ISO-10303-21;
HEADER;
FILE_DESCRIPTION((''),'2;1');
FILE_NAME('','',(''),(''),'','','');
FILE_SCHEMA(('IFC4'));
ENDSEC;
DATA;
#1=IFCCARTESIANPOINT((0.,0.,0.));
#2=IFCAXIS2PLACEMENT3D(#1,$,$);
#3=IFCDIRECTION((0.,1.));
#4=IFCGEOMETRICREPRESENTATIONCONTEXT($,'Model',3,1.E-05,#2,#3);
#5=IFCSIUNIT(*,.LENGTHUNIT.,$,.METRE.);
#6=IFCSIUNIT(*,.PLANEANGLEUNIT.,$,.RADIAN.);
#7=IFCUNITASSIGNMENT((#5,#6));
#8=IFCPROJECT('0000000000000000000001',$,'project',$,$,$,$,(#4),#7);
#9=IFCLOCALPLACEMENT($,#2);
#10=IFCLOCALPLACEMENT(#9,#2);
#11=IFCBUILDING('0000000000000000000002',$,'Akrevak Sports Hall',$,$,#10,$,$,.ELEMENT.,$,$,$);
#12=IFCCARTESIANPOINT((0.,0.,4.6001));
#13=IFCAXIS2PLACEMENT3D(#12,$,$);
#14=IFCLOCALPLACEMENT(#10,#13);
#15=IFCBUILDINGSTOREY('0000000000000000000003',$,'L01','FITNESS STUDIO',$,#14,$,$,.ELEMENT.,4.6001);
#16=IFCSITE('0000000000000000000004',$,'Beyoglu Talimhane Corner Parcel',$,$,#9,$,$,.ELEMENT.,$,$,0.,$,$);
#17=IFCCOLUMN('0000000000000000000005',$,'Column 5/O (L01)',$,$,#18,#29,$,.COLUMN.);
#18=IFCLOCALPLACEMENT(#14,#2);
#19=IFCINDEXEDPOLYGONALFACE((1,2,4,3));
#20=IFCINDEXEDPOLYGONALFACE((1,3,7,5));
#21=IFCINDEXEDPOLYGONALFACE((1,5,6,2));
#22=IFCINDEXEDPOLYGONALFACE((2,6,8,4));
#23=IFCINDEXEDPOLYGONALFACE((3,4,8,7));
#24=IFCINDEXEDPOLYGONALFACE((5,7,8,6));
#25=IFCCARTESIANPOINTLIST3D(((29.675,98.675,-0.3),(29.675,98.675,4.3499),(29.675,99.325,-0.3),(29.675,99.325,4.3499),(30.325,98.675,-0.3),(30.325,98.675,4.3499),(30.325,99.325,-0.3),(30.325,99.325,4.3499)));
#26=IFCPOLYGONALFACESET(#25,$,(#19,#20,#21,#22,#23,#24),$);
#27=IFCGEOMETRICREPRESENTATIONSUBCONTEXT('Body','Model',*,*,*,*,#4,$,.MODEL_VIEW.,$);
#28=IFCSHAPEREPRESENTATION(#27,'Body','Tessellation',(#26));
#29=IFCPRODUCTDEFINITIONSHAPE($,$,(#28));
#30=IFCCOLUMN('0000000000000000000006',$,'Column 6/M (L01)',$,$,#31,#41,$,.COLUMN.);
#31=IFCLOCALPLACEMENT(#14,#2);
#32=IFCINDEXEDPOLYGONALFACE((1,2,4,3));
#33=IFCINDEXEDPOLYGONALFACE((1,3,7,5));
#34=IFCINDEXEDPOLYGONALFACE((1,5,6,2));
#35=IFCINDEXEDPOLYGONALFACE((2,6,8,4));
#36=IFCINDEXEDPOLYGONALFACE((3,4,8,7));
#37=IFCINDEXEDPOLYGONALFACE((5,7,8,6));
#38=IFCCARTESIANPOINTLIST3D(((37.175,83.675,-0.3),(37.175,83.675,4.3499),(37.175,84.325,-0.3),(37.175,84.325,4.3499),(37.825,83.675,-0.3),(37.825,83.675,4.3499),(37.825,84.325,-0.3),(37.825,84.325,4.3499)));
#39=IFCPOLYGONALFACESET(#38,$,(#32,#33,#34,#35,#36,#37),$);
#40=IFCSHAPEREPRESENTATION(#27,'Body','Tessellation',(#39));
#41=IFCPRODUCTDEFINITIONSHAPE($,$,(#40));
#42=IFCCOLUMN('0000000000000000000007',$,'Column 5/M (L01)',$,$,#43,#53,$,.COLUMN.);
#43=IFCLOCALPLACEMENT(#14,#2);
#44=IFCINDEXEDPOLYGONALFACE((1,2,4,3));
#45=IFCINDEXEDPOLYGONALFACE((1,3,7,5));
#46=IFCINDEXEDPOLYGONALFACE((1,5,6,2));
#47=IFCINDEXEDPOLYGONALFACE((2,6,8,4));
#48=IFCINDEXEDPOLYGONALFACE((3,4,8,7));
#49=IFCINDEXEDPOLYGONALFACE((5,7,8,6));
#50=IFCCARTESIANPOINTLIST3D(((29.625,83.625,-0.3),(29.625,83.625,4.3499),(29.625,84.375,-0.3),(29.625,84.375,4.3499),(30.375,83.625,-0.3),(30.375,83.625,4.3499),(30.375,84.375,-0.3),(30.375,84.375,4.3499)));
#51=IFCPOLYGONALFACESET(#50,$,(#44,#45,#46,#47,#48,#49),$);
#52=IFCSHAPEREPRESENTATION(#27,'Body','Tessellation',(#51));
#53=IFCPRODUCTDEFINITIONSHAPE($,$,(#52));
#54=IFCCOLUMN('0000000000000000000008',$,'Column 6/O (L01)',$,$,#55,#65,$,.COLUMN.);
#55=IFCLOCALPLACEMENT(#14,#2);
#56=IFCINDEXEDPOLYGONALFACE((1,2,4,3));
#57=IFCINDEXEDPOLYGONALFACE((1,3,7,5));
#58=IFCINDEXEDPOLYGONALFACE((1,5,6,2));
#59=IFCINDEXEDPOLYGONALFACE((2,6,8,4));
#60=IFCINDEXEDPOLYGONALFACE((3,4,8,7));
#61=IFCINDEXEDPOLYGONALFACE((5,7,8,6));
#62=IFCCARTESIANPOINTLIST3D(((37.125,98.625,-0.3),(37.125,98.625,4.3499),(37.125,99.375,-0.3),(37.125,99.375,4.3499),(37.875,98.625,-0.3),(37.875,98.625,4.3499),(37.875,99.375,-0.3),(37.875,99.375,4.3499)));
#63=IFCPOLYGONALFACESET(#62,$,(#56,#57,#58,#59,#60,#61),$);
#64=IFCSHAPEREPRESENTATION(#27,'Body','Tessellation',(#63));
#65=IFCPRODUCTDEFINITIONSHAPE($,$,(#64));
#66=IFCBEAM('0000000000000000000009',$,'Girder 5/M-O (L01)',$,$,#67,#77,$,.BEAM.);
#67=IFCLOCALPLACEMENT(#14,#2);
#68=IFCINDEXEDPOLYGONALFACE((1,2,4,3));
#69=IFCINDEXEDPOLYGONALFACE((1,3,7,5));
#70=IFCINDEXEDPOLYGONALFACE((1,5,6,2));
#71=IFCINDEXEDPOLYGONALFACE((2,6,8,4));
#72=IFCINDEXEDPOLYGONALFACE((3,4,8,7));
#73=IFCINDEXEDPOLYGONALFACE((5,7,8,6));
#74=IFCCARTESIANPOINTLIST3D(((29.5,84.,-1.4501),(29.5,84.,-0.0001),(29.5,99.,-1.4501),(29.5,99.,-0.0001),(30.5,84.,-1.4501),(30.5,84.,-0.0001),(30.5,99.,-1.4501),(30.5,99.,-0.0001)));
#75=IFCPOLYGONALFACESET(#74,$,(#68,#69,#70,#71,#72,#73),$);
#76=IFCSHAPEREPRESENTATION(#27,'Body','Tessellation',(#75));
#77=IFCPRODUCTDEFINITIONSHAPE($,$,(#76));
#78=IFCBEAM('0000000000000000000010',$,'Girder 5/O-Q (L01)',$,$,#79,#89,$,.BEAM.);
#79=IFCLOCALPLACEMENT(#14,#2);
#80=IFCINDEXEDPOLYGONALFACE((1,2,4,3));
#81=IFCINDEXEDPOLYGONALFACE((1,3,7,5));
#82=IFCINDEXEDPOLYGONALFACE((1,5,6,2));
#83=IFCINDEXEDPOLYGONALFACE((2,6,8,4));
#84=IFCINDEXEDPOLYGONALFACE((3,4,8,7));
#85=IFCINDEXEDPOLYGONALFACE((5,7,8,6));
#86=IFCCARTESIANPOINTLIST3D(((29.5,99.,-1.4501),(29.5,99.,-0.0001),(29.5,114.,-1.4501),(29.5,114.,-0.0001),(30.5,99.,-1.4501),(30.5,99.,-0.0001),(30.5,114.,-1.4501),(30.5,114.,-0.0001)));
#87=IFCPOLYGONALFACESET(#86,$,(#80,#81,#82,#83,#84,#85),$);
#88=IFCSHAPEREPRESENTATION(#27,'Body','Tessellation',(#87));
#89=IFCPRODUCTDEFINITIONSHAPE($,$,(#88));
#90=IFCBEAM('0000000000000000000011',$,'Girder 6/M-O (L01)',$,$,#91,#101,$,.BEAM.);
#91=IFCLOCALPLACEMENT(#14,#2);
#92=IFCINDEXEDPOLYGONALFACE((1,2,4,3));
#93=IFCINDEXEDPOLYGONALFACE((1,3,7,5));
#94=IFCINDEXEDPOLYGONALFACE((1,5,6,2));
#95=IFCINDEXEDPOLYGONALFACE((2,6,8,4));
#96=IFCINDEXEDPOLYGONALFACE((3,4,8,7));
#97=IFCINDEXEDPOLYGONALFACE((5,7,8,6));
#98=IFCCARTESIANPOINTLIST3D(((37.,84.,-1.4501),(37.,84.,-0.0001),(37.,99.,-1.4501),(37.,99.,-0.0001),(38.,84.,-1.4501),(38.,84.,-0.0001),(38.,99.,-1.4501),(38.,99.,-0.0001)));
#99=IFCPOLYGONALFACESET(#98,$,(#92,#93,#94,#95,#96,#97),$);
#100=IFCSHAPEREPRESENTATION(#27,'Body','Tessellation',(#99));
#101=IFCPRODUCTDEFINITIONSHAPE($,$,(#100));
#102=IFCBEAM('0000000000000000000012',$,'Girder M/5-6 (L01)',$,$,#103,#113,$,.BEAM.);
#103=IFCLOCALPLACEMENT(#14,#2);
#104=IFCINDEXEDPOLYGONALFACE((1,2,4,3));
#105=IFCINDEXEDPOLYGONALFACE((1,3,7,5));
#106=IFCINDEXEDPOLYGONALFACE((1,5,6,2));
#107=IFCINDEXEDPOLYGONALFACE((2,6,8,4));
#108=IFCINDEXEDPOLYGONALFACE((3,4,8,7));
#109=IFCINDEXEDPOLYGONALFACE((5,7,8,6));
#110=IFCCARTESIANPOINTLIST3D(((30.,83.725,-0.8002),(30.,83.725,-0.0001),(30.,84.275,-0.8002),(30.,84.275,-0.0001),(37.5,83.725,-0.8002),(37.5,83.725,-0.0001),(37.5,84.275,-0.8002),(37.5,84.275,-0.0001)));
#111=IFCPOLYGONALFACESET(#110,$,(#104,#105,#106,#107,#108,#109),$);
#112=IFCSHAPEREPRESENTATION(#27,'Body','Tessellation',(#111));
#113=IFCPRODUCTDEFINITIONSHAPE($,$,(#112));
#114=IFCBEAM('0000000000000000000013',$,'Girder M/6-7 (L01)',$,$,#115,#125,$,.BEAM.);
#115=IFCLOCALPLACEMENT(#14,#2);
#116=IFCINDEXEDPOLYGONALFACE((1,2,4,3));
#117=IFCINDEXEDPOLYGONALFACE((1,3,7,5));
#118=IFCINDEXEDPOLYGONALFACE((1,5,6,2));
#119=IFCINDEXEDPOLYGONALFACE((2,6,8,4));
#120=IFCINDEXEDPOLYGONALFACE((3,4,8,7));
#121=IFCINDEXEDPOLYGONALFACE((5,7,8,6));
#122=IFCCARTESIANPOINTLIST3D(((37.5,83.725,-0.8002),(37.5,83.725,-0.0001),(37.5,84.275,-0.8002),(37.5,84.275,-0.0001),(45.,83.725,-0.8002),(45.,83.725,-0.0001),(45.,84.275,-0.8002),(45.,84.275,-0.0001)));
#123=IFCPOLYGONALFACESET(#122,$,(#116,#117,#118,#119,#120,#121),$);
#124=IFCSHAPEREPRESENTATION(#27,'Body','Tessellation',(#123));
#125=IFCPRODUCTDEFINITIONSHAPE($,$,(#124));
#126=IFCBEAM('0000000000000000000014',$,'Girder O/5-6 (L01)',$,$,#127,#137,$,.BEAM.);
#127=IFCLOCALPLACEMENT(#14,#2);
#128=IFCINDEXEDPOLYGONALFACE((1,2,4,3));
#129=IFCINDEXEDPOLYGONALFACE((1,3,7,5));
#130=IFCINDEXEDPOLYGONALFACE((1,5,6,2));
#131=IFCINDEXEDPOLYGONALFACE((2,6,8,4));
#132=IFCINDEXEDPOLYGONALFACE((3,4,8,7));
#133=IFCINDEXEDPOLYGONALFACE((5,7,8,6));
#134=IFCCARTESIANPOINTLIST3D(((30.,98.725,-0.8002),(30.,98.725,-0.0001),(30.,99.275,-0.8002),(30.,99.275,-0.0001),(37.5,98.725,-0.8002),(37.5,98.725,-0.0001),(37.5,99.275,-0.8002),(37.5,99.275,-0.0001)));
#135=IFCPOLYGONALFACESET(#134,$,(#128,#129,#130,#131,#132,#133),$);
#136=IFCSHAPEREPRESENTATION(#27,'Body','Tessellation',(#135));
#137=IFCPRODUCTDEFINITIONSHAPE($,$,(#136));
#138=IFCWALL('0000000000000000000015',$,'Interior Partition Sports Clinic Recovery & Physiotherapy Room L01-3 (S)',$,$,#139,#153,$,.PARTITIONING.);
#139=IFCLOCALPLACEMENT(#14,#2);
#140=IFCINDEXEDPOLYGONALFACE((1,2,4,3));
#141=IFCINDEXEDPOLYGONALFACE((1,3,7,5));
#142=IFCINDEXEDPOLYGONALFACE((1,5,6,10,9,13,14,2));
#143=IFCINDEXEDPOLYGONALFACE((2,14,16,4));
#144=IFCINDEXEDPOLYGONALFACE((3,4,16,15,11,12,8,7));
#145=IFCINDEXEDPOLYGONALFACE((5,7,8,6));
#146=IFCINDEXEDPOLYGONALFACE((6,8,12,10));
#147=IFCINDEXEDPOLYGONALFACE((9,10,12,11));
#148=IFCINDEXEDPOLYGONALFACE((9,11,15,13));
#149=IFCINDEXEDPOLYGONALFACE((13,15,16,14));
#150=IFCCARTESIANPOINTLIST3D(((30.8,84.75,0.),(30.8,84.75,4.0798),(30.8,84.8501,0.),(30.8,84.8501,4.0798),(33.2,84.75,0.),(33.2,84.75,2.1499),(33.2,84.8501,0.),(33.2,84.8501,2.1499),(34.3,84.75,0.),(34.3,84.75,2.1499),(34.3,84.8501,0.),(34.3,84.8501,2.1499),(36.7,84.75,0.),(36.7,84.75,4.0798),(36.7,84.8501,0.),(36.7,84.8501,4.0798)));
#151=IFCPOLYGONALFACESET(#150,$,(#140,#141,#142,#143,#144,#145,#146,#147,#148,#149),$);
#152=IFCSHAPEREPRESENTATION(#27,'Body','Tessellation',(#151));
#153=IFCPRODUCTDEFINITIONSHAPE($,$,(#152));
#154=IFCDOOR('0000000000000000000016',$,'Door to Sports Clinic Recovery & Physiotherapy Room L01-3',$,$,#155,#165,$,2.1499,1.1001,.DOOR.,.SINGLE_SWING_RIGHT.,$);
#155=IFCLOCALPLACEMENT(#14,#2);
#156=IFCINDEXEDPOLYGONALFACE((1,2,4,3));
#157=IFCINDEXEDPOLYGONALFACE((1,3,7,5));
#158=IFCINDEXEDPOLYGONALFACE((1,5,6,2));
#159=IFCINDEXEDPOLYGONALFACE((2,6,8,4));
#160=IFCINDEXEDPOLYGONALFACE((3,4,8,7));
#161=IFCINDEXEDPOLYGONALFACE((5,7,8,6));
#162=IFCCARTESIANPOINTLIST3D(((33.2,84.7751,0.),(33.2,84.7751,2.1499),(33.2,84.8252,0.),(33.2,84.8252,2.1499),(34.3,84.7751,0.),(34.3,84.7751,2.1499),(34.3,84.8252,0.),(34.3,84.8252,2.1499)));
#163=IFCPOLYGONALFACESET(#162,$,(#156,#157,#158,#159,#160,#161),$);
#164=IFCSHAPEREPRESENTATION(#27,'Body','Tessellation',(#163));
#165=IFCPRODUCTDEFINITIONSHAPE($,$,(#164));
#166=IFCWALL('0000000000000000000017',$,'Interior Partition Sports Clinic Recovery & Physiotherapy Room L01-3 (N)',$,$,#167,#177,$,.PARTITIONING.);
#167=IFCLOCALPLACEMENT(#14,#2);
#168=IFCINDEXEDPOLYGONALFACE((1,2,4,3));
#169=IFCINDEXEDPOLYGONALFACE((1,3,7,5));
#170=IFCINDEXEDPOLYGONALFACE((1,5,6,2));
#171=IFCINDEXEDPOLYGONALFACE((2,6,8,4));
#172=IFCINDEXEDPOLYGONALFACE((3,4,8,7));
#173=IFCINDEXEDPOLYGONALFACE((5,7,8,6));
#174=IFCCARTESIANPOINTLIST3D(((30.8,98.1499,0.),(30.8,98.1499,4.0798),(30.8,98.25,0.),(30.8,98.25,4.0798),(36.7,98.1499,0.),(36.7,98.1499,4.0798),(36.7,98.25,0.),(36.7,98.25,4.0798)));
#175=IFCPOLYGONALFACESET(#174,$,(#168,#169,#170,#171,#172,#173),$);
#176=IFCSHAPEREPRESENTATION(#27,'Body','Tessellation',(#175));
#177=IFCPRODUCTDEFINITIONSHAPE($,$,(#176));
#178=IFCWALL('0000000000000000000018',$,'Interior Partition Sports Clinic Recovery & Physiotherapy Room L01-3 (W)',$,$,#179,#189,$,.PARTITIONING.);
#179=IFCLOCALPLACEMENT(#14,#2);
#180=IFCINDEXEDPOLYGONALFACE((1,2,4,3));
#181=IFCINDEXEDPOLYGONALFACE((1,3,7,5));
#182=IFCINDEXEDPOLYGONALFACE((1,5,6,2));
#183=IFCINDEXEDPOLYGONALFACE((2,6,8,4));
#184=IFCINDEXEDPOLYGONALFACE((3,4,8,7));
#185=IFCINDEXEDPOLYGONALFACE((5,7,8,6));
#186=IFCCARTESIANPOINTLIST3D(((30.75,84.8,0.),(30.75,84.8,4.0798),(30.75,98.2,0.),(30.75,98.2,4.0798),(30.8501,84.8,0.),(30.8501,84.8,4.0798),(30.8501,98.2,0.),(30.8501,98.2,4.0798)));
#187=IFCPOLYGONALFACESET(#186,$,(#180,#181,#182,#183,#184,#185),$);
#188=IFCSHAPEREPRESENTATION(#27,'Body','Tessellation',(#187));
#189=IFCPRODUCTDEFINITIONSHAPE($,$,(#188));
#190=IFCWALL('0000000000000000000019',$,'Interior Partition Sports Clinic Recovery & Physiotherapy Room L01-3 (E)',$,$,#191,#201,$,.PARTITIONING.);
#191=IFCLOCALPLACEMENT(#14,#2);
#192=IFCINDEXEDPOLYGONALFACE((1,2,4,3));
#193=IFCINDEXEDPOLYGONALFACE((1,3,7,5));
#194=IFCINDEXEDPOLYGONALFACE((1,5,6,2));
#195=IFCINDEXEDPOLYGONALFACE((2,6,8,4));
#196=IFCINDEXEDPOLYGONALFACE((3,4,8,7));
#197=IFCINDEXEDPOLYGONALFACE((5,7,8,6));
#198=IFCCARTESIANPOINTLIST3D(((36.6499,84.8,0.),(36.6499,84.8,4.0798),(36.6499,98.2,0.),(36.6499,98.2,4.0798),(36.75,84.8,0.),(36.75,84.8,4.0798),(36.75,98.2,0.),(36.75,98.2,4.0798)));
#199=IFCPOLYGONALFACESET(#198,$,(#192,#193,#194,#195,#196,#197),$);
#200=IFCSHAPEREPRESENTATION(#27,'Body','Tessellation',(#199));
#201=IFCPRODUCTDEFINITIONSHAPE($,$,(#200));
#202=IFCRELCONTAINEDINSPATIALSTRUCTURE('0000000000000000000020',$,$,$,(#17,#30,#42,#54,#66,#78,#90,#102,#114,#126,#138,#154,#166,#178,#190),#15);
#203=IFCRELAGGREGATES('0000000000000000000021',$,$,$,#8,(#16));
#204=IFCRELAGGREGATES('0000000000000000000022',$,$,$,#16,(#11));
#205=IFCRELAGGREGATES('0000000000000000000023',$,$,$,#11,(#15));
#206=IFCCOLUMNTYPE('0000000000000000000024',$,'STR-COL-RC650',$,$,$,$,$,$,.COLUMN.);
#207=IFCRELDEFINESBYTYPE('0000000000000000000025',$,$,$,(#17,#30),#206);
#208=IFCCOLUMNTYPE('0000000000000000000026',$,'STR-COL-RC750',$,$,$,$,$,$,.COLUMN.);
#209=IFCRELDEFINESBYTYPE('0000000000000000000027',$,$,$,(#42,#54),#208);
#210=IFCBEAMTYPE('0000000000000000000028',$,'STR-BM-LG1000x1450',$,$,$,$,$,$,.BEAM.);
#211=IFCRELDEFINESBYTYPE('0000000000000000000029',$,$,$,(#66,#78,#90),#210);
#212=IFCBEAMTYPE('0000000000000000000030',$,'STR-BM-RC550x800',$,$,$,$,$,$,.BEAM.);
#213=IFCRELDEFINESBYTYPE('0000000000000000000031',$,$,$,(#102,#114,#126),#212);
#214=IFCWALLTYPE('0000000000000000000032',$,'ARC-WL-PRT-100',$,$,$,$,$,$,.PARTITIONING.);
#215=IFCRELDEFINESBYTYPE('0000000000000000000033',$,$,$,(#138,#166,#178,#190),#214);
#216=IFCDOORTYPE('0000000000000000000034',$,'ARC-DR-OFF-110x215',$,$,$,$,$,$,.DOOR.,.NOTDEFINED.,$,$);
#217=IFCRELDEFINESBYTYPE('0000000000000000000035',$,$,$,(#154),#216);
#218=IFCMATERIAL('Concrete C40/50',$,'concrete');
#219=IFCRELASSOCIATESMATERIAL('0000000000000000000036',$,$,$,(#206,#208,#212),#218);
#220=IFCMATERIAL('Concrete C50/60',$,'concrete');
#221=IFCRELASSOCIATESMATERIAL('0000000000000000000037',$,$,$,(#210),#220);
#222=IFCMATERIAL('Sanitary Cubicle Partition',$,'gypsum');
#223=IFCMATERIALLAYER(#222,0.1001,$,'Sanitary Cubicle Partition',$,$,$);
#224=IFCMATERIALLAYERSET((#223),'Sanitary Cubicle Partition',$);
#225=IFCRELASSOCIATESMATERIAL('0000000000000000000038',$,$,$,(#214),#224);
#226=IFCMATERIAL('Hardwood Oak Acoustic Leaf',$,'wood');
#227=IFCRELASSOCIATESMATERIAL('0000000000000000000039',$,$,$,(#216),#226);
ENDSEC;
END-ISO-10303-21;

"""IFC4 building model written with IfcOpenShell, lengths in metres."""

from ifc_helpers import new_model, si_unit, direction, frame, frame_2d, origin, origin_2d, place, context, subcontext, project, spatial, rectangle, extrude, material, layer, layer_set, material_profile, profile_set, type_object, element, fill, save


model = new_model("IFC4")

# Units and contexts
model_context = context("Model", 3, precision=1e-05, world=origin(), true_north=direction((0.0, 1.0)))
body_context = subcontext(model_context, "Body", "Model", "MODEL_VIEW")
ifc_project = project(units=[si_unit("LENGTHUNIT", "METRE"), si_unit("PLANEANGLEUNIT", "RADIAN")], contexts=[model_context])

# Site, building, storey
site_placement = place(None, origin())
site = spatial("IfcSite", under=ifc_project, at=site_placement, Name="Beyoglu Talimhane Corner Parcel", CompositionType="ELEMENT", RefElevation=0.0)
building_placement = place(site_placement, origin())
building = spatial("IfcBuilding", under=site, at=building_placement, Name="Akrevak Sports Hall", CompositionType="ELEMENT")
storey_placement = place(building_placement, frame((0.0, 0.0, 4.6001)))
storey = spatial("IfcBuildingStorey", under=building, at=storey_placement, Name="L01", Description="FITNESS STUDIO", CompositionType="ELEMENT", Elevation=4.6001)

# Columns
ifc_material_1 = material(Name="Concrete C40/50", Category="concrete")
ifc_material_profile_1 = material_profile(ifc_material_1, rectangle(XDim=0.6499, YDim=0.6499, at=origin_2d()), Name="RC 650x650", Category="concrete")
ifc_profile_set_1 = profile_set([ifc_material_profile_1], Name="Concrete C40/50")
column_type_1 = type_object("IfcColumnType", Name="STR-COL-RC650", PredefinedType="COLUMN", material=ifc_profile_set_1)
for number, where, z_axis, x_axis, name in (
    (1, (30.0, 99.0, -0.3), (0.0, 0.0, 1.0), (1.0, 0.0, 0.0), "Column 5/O (L01)"),
    (2, (37.5, 84.0, -0.3), (0.0, 0.0, 1.0), (1.0, 0.0, 0.0), "Column 6/M (L01)"),
):
    element("IfcColumn", number, at=place(storey_placement, frame(where, z_axis=z_axis, x_axis=x_axis)), inside=storey, type_object=column_type_1, Name=name, PredefinedType="COLUMN", context=body_context, shape_type="SweptSolid", body=[
        extrude(rectangle(XDim=0.6499, YDim=0.6499, at=origin_2d()), origin(), (0.0, 0.0, 1.0), 4.6499),
    ])
ifc_material_profile_2 = material_profile(ifc_material_1, rectangle(XDim=0.75, YDim=0.75, at=origin_2d()), Name="RC 750x750", Category="concrete")
ifc_profile_set_2 = profile_set([ifc_material_profile_2], Name="Concrete C40/50")
column_type_2 = type_object("IfcColumnType", Name="STR-COL-RC750", PredefinedType="COLUMN", material=ifc_profile_set_2)
for number, where, z_axis, x_axis, name in (
    (3, (30.0, 84.0, -0.3), (0.0, 0.0, 1.0), (1.0, 0.0, 0.0), "Column 5/M (L01)"),
    (4, (37.5, 99.0, -0.3), (0.0, 0.0, 1.0), (1.0, 0.0, 0.0), "Column 6/O (L01)"),
):
    element("IfcColumn", number, at=place(storey_placement, frame(where, z_axis=z_axis, x_axis=x_axis)), inside=storey, type_object=column_type_2, Name=name, PredefinedType="COLUMN", context=body_context, shape_type="SweptSolid", body=[
        extrude(rectangle(XDim=0.75, YDim=0.75, at=origin_2d()), origin(), (0.0, 0.0, 1.0), 4.6499),
    ])

# Beams
ifc_material_2 = material(Name="Concrete C50/60", Category="concrete")
ifc_material_profile_3 = material_profile(ifc_material_2, rectangle(XDim=1.0, YDim=1.45, at=origin_2d()), Name="BM 1000x1450", Category="concrete")
ifc_profile_set_3 = profile_set([ifc_material_profile_3], Name="Concrete C50/60")
beam_type_1 = type_object("IfcBeamType", Name="STR-BM-LG1000x1450", PredefinedType="BEAM", material=ifc_profile_set_3)
for number, where, z_axis, x_axis, name in (
    (5, (30.0, 84.0, -0.7251), (0.0, 1.0, 0.0), (-1.0, 0.0, 0.0), "Girder 5/M-O (L01)"),
    (6, (30.0, 99.0, -0.7251), (0.0, 1.0, 0.0), (-1.0, 0.0, 0.0), "Girder 5/O-Q (L01)"),
    (7, (37.5, 84.0, -0.7251), (0.0, 1.0, 0.0), (-1.0, 0.0, 0.0), "Girder 6/M-O (L01)"),
):
    element("IfcBeam", number, at=place(storey_placement, frame(where, z_axis=z_axis, x_axis=x_axis)), inside=storey, type_object=beam_type_1, Name=name, PredefinedType="BEAM", context=body_context, shape_type="SweptSolid", body=[
        extrude(rectangle(XDim=1.0, YDim=1.45, at=origin_2d()), origin(), (0.0, 0.0, 1.0), 15.0),
    ])
ifc_material_profile_4 = material_profile(ifc_material_1, rectangle(XDim=0.55, YDim=0.8, at=origin_2d()), Name="BM 550x800", Category="concrete")
ifc_profile_set_4 = profile_set([ifc_material_profile_4], Name="Concrete C40/50")
beam_type_2 = type_object("IfcBeamType", Name="STR-BM-RC550x800", PredefinedType="BEAM", material=ifc_profile_set_4)
for number, where, z_axis, x_axis, name in (
    (8, (30.0, 84.0, -0.4001), (1.0, 0.0, 0.0), (0.0, 1.0, 0.0), "Girder M/5-6 (L01)"),
    (9, (37.5, 84.0, -0.4001), (1.0, 0.0, 0.0), (0.0, 1.0, 0.0), "Girder M/6-7 (L01)"),
    (10, (30.0, 99.0, -0.4001), (1.0, 0.0, 0.0), (0.0, 1.0, 0.0), "Girder O/5-6 (L01)"),
):
    element("IfcBeam", number, at=place(storey_placement, frame(where, z_axis=z_axis, x_axis=x_axis)), inside=storey, type_object=beam_type_2, Name=name, PredefinedType="BEAM", context=body_context, shape_type="SweptSolid", body=[
        extrude(rectangle(XDim=0.55, YDim=0.8, at=origin_2d()), origin(), (0.0, 0.0, 1.0), 7.5),
    ])

# Wall, opening, door
ifc_material_3 = material(Name="Sanitary Cubicle Partition", Category="gypsum")
ifc_layer_1 = layer(ifc_material_3, 0.1001, Name="Sanitary Cubicle Partition")
ifc_layer_set_1 = layer_set([ifc_layer_1], Name="Sanitary Cubicle Partition")
wall_type_1 = type_object("IfcWallType", Name="ARC-WL-PRT-100", PredefinedType="PARTITIONING", material=ifc_layer_set_1)
wall_1_placement = place(storey_placement, frame((30.8, 84.8, 0.0), z_axis=(0.0, 0.0, 1.0), x_axis=(1.0, 0.0, 0.0)))
wall_1 = element("IfcWall", 11, at=wall_1_placement, inside=storey, type_object=wall_type_1, Name="Interior Partition Sports Clinic Recovery & Physiotherapy Room L01-3 (S)", PredefinedType="PARTITIONING", context=body_context, shape_type="SweptSolid", body=[
    extrude(rectangle(XDim=5.8999, YDim=0.1001, at=frame_2d((2.95, 0.0))), origin(), (0.0, 0.0, 1.0), 4.0798),
])
opening_1_placement = place(wall_1_placement, frame((2.3999, 0.0, 0.0)))
opening_1 = element("IfcOpeningElement", 12, at=opening_1_placement, cuts=wall_1, PredefinedType="OPENING", context=body_context, shape_type="SweptSolid", body=[
    extrude(rectangle(XDim=1.1001, YDim=2.1499, at=frame_2d((0.55, 1.075))), frame((0.0, 0.062, 0.0), z_axis=(0.0, -1.0, 0.0), x_axis=(1.0, 0.0, 0.0)), (0.0, 0.0, 1.0), 0.124),
])
ifc_material_4 = material(Name="Hardwood Oak Acoustic Leaf", Category="wood")
door_type_1 = type_object("IfcDoorType", Name="ARC-DR-OFF-110x215", OperationType="NOTDEFINED", PredefinedType="DOOR", material=ifc_material_4)
door_1_placement = place(opening_1_placement, frame((1.1001, 0.0, 0.0), z_axis=(0.0, 0.0, 1.0), x_axis=(-1.0, 0.0, 0.0)))
door_1 = element("IfcDoor", 13, at=door_1_placement, inside=storey, type_object=door_type_1, Name="Door to Sports Clinic Recovery & Physiotherapy Room L01-3", OperationType="SINGLE_SWING_RIGHT", OverallHeight=2.1499, OverallWidth=1.1001, PredefinedType="DOOR", context=body_context, shape_type="SweptSolid", body=[
    extrude(rectangle(XDim=1.1001, YDim=2.1499, at=frame_2d((0.55, 1.075))), frame((0.0, 0.0249, 0.0), z_axis=(0.0, -1.0, 0.0), x_axis=(1.0, 0.0, 0.0)), (0.0, 0.0, 1.0), 0.05),
])
fill(opening_1, door_1)

# Walls
wall_2_placement = place(storey_placement, frame((30.8, 98.2, 0.0), z_axis=(0.0, 0.0, 1.0), x_axis=(1.0, 0.0, 0.0)))
element("IfcWall", 14, at=wall_2_placement, inside=storey, type_object=wall_type_1, Name="Interior Partition Sports Clinic Recovery & Physiotherapy Room L01-3 (N)", PredefinedType="PARTITIONING", context=body_context, shape_type="SweptSolid", body=[
    extrude(rectangle(XDim=5.8999, YDim=0.1001, at=frame_2d((2.95, 0.0))), origin(), (0.0, 0.0, 1.0), 4.0798),
])
for number, where, z_axis, x_axis, name in (
    (15, (30.8, 84.8, 0.0), (0.0, 0.0, 1.0), (0.0, 1.0, 0.0), "Interior Partition Sports Clinic Recovery & Physiotherapy Room L01-3 (W)"),
    (16, (36.7, 84.8, 0.0), (0.0, 0.0, 1.0), (0.0, 1.0, 0.0), "Interior Partition Sports Clinic Recovery & Physiotherapy Room L01-3 (E)"),
):
    element("IfcWall", number, at=place(storey_placement, frame(where, z_axis=z_axis, x_axis=x_axis)), inside=storey, type_object=wall_type_1, Name=name, PredefinedType="PARTITIONING", context=body_context, shape_type="SweptSolid", body=[
        extrude(rectangle(XDim=13.3999, YDim=0.1001, at=frame_2d((6.7, 0.0))), origin(), (0.0, 0.0, 1.0), 4.0798),
    ])

save(model, "model.ifc")
